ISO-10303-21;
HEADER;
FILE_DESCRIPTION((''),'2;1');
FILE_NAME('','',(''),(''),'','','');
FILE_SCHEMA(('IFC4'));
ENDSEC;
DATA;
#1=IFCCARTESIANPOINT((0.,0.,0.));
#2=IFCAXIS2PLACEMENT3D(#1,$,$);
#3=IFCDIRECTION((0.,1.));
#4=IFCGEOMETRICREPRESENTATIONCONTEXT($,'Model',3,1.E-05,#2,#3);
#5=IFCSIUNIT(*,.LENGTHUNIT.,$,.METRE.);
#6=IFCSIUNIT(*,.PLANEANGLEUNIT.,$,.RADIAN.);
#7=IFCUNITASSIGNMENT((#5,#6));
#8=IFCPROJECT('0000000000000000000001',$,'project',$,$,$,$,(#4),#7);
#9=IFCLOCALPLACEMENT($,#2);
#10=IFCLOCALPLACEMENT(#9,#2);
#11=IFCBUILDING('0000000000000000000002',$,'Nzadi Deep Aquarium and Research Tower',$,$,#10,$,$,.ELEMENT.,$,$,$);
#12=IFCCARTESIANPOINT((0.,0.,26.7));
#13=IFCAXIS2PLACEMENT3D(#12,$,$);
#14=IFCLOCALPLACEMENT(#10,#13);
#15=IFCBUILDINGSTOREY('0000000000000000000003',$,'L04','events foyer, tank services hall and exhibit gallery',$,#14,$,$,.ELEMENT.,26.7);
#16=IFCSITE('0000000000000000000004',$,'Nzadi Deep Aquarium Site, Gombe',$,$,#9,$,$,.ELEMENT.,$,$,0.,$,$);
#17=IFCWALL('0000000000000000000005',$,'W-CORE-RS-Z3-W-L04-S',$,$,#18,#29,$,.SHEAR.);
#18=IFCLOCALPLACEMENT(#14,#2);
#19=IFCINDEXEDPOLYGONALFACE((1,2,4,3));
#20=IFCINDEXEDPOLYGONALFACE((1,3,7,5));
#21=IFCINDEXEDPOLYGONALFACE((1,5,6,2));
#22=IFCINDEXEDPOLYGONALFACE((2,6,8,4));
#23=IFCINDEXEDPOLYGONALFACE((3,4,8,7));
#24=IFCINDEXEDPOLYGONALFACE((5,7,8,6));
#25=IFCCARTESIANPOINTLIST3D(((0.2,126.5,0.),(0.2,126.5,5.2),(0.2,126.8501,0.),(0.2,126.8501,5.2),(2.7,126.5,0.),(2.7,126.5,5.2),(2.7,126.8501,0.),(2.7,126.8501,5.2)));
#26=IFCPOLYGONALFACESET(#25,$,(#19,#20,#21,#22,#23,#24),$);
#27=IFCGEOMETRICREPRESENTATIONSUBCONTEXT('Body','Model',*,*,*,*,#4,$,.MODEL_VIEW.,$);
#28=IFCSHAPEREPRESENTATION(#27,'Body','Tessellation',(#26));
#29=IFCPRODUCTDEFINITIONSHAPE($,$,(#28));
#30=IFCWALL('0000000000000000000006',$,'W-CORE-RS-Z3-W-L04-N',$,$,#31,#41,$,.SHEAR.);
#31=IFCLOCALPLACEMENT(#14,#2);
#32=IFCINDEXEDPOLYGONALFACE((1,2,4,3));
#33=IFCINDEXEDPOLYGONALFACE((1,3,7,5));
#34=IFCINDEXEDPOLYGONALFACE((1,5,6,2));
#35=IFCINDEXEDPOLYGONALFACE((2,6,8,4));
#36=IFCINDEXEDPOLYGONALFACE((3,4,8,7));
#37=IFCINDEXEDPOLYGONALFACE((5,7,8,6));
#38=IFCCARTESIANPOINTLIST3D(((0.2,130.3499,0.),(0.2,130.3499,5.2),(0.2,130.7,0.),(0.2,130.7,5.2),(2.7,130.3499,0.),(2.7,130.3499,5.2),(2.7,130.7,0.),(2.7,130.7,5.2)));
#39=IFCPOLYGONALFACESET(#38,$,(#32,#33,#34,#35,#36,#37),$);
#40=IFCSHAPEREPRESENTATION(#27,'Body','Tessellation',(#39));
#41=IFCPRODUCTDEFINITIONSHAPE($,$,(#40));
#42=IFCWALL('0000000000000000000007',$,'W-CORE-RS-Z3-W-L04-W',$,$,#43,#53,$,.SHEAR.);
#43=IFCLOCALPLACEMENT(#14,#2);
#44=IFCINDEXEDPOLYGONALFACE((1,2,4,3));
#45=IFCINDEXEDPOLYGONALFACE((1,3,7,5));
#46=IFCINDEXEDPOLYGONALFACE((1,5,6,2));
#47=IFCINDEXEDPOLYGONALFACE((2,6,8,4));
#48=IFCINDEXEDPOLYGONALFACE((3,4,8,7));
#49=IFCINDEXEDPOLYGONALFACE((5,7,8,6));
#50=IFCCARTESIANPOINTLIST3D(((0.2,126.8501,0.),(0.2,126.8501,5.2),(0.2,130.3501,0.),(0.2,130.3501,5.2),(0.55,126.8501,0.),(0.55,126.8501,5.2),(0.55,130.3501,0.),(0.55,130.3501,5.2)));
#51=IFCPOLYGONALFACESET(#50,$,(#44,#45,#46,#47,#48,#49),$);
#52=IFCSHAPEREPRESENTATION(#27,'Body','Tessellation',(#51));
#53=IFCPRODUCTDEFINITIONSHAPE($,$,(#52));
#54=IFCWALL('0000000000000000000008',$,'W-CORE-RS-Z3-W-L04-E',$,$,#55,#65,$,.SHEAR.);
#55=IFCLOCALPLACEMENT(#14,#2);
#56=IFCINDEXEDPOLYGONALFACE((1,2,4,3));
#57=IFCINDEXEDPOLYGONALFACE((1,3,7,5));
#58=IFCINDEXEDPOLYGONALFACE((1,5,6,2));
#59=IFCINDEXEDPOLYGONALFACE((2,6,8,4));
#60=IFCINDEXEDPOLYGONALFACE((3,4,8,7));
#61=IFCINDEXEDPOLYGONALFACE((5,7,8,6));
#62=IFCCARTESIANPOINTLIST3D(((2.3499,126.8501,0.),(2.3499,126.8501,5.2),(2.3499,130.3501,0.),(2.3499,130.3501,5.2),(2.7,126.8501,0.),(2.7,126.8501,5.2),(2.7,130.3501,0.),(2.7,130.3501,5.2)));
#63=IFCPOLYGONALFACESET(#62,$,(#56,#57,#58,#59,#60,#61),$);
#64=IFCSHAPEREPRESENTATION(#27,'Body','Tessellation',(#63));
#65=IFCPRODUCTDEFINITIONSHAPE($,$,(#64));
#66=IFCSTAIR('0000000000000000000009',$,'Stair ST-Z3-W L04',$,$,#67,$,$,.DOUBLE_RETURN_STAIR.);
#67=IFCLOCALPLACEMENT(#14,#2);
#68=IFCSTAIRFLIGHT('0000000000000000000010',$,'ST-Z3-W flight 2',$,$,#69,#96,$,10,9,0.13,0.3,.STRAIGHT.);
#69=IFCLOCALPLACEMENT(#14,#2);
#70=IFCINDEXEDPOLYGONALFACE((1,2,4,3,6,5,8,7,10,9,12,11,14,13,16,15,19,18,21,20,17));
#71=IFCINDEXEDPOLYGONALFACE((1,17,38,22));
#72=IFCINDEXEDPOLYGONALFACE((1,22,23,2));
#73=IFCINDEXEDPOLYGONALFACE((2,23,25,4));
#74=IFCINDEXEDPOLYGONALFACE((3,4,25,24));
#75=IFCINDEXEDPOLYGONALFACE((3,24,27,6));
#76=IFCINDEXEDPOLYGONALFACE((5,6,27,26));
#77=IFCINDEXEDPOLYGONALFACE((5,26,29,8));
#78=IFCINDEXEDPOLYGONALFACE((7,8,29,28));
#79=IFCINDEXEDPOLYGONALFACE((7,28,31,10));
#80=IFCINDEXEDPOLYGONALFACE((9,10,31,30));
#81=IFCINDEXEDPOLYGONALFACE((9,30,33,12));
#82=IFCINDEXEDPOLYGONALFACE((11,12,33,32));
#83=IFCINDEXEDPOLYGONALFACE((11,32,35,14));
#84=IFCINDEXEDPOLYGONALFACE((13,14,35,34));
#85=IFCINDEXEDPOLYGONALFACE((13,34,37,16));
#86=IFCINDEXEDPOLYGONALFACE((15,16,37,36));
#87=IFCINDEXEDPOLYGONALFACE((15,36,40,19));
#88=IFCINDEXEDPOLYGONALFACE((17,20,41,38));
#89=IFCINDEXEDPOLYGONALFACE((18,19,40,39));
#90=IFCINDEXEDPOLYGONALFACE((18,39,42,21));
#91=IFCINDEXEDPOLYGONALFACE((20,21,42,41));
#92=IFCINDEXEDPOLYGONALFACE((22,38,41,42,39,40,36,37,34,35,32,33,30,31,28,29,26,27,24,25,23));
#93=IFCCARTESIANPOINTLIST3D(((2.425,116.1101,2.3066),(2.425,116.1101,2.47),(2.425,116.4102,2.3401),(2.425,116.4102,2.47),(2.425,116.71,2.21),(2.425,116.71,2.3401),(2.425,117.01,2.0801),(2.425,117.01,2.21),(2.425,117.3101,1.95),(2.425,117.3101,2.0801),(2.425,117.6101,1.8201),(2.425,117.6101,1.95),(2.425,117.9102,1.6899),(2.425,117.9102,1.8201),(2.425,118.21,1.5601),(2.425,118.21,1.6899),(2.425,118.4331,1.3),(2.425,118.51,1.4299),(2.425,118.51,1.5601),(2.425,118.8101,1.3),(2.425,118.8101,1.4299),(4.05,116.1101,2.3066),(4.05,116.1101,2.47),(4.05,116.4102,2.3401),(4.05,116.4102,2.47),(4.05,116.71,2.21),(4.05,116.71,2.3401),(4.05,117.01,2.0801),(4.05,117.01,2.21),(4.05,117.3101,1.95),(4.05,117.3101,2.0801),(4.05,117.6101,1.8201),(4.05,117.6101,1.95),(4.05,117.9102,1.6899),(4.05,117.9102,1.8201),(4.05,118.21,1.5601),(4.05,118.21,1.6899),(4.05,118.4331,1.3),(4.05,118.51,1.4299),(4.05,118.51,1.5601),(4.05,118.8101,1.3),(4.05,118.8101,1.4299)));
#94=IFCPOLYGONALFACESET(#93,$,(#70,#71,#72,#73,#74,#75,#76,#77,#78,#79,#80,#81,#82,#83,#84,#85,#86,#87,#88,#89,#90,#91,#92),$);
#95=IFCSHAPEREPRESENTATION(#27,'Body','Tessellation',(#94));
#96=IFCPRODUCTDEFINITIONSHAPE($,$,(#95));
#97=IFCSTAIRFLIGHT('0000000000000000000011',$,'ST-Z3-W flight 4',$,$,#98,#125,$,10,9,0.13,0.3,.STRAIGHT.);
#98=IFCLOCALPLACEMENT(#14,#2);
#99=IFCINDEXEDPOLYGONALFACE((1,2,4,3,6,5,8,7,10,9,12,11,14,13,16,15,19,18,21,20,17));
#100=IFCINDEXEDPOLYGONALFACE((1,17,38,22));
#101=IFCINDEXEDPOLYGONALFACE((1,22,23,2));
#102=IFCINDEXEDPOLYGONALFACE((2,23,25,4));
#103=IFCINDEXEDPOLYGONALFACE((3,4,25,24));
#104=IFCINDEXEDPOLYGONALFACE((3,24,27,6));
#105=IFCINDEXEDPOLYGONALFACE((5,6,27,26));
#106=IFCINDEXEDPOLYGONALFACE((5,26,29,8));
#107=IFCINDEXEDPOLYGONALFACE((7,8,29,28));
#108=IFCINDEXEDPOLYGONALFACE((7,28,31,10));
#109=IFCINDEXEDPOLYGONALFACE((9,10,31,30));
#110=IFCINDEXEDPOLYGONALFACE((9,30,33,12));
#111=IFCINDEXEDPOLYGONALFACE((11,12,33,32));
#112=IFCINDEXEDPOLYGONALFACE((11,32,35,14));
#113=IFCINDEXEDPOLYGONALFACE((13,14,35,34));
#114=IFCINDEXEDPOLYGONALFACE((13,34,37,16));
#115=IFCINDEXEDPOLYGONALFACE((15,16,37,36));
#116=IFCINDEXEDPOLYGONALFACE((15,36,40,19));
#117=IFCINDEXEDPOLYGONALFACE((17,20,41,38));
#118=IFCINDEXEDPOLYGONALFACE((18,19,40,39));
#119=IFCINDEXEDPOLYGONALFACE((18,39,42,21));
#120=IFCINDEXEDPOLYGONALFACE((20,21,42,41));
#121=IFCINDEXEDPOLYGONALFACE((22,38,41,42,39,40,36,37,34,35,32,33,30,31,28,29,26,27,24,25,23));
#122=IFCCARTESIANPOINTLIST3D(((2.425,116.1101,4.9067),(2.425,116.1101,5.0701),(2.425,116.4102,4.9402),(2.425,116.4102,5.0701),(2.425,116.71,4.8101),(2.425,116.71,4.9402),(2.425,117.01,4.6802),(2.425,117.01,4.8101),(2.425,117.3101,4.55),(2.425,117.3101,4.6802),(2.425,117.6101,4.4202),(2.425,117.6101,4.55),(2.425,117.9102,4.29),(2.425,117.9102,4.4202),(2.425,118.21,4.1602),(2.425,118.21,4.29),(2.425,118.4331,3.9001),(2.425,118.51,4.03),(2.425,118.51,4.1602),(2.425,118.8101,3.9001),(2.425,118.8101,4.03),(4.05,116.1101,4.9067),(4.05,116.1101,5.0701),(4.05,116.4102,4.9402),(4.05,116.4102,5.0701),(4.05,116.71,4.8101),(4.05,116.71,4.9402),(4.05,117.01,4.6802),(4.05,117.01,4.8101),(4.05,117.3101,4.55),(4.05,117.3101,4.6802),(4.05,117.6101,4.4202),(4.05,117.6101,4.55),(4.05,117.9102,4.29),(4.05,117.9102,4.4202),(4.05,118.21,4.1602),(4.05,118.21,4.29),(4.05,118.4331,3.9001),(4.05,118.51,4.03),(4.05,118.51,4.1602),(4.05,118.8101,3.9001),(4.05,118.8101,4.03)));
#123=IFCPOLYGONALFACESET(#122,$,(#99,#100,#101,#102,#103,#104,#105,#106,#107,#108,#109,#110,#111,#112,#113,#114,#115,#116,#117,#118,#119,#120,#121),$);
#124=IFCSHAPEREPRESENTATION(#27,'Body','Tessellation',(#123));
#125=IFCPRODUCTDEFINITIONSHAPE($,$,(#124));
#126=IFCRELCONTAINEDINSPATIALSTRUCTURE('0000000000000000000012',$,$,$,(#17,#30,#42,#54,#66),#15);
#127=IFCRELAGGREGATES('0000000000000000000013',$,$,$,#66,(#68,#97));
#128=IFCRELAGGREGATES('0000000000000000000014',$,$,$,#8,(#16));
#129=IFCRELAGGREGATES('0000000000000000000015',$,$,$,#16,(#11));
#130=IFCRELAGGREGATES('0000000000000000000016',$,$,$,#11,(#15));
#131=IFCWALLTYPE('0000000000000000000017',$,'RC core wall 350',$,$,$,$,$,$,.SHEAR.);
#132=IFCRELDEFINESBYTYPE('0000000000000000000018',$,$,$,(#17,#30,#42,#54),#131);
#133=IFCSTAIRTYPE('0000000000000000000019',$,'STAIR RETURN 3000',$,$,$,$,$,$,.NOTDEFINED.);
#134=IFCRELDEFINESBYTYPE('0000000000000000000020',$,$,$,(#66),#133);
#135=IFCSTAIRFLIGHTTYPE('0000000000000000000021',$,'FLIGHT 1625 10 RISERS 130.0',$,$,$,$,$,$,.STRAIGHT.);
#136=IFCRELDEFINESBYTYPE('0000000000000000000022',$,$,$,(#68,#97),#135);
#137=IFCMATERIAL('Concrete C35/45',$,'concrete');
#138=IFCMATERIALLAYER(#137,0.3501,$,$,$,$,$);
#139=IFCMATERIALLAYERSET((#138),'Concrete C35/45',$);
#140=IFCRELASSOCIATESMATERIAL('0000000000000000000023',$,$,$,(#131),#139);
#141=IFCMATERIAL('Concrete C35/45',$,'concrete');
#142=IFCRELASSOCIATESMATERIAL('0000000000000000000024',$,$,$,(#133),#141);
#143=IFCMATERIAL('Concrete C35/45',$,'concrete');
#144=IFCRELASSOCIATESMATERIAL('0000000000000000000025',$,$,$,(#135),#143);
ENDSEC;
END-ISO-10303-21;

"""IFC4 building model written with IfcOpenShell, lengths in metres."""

from ifc_helpers import new_model, si_unit, direction, frame, frame_2d, origin, place, context, subcontext, project, spatial, polyline, rectangle, outline, extrude, material, layer, layer_set, type_object, element, aggregate, save


model = new_model("IFC4")

# Units and contexts
model_context = context("Model", 3, precision=1e-05, world=origin(), true_north=direction((0.0, 1.0)))
body_context = subcontext(model_context, "Body", "Model", "MODEL_VIEW")
ifc_project = project(units=[si_unit("LENGTHUNIT", "METRE"), si_unit("PLANEANGLEUNIT", "RADIAN")], contexts=[model_context])

# Site, building, storey
site_placement = place(None, origin())
site = spatial("IfcSite", under=ifc_project, at=site_placement, Name="Nzadi Deep Aquarium Site, Gombe", CompositionType="ELEMENT", RefElevation=0.0)
building_placement = place(site_placement, origin())
building = spatial("IfcBuilding", under=site, at=building_placement, Name="Nzadi Deep Aquarium and Research Tower", CompositionType="ELEMENT")
storey_placement = place(building_placement, frame((0.0, 0.0, 26.7)))
storey = spatial("IfcBuildingStorey", under=building, at=storey_placement, Name="L04", Description="events foyer, tank services hall and exhibit gallery", CompositionType="ELEMENT", Elevation=26.7)

# Shared definitions
ifc_material_1 = material(Name="Concrete C35/45", Category="concrete")
ifc_layer_1 = layer(ifc_material_1, 0.3501)
ifc_layer_set_1 = layer_set([ifc_layer_1], Name="Concrete C35/45")
wall_type_1 = type_object("IfcWallType", Name="RC core wall 350", PredefinedType="SHEAR", material=ifc_layer_set_1)

# Walls
for number, where, z_axis, x_axis, name in (
    (1, (0.2, 126.675, 0.0), (0.0, 0.0, 1.0), (1.0, 0.0, 0.0), "W-CORE-RS-Z3-W-L04-S"),
    (2, (0.2, 130.5249, 0.0), (0.0, 0.0, 1.0), (1.0, 0.0, 0.0), "W-CORE-RS-Z3-W-L04-N"),
):
    element("IfcWall", number, at=place(storey_placement, frame(where, z_axis=z_axis, x_axis=x_axis)), inside=storey, type_object=wall_type_1, Name=name, PredefinedType="SHEAR", context=body_context, shape_type="SweptSolid", body=[
        extrude(rectangle(XDim=2.5, YDim=0.3501, at=frame_2d((1.25, 0.0))), origin(), (0.0, 0.0, 1.0), 5.2),
    ])
for number, where, z_axis, x_axis, name in (
    (3, (0.375, 126.8501, 0.0), (0.0, 0.0, 1.0), (0.0, 1.0, 0.0), "W-CORE-RS-Z3-W-L04-W"),
    (4, (2.5249, 126.8501, 0.0), (0.0, 0.0, 1.0), (0.0, 1.0, 0.0), "W-CORE-RS-Z3-W-L04-E"),
):
    element("IfcWall", number, at=place(storey_placement, frame(where, z_axis=z_axis, x_axis=x_axis)), inside=storey, type_object=wall_type_1, Name=name, PredefinedType="SHEAR", context=body_context, shape_type="SweptSolid", body=[
        extrude(rectangle(XDim=3.5, YDim=0.3501, at=frame_2d((1.75, 0.0))), origin(), (0.0, 0.0, 1.0), 5.2),
    ])

# Stair, stair flights
ifc_material_2 = material(Name="Concrete C35/45", Category="concrete")
stair_type = type_object("IfcStairType", Name="STAIR RETURN 3000", PredefinedType="NOTDEFINED", material=ifc_material_2)
stair_placement = place(storey_placement, origin())
stair = element("IfcStair", 5, at=stair_placement, inside=storey, type_object=stair_type, Name="Stair ST-Z3-W L04", PredefinedType="DOUBLE_RETURN_STAIR")
ifc_material_3 = material(Name="Concrete C35/45", Category="concrete")
stair_flight_type = type_object("IfcStairFlightType", Name="FLIGHT 1625 10 RISERS 130.0", PredefinedType="STRAIGHT", material=ifc_material_3)
stair_flight_1_placement = place(storey_placement, frame((3.2375, 118.8101, 1.3), z_axis=(0.0, 0.0, 1.0), x_axis=(0.0, -1.0, 0.0)))
stair_flight_1 = element("IfcStairFlight", 6, at=stair_flight_1_placement, type_object=stair_flight_type, Name="ST-Z3-W flight 2", NumberOfRisers=10, NumberOfTreads=9, PredefinedType="STRAIGHT", RiserHeight=0.13, TreadLength=0.3, context=body_context, shape_type="SweptSolid", body=[
    extrude(outline(polyline([(0.0, 0.0), (0.0, 0.1299), (0.3, 0.1299), (0.3, 0.26), (0.6001, 0.26), (0.6001, 0.3899), (0.8999, 0.3899), (0.8999, 0.52), (1.2, 0.52), (1.2, 0.6499), (1.5, 0.6499), (1.5, 0.78), (1.8, 0.78), (1.8, 0.9099), (2.1001, 0.9099), (2.1001, 1.04), (2.3999, 1.04), (2.3999, 1.1699), (2.7, 1.1699), (2.7, 1.3), (2.7, 1.0066), (0.377, 0.0), (0.0, 0.0)])), frame((0.0, 0.8125, 0.0), z_axis=(0.0, -1.0, 0.0), x_axis=(1.0, 0.0, 0.0)), (0.0, 0.0, 1.0), 1.625),
])
stair_flight_2_placement = place(storey_placement, frame((3.2375, 118.8101, 3.9001), z_axis=(0.0, 0.0, 1.0), x_axis=(0.0, -1.0, 0.0)))
stair_flight_2 = element("IfcStairFlight", 7, at=stair_flight_2_placement, type_object=stair_flight_type, Name="ST-Z3-W flight 4", NumberOfRisers=10, NumberOfTreads=9, PredefinedType="STRAIGHT", RiserHeight=0.13, TreadLength=0.3, context=body_context, shape_type="SweptSolid", body=[
    extrude(outline(polyline([(0.0, 0.0), (0.0, 0.1299), (0.3, 0.1299), (0.3, 0.26), (0.6001, 0.26), (0.6001, 0.3899), (0.8999, 0.3899), (0.8999, 0.52), (1.2, 0.52), (1.2, 0.6499), (1.5, 0.6499), (1.5, 0.78), (1.8, 0.78), (1.8, 0.9099), (2.1001, 0.9099), (2.1001, 1.04), (2.3999, 1.04), (2.3999, 1.1699), (2.7, 1.1699), (2.7, 1.3), (2.7, 1.0066), (0.377, 0.0), (0.0, 0.0)])), frame((0.0, 0.8125, 0.0), z_axis=(0.0, -1.0, 0.0), x_axis=(1.0, 0.0, 0.0)), (0.0, 0.0, 1.0), 1.625),
])
aggregate(stair, [stair_flight_1, stair_flight_2])

save(model, "model.ifc")
